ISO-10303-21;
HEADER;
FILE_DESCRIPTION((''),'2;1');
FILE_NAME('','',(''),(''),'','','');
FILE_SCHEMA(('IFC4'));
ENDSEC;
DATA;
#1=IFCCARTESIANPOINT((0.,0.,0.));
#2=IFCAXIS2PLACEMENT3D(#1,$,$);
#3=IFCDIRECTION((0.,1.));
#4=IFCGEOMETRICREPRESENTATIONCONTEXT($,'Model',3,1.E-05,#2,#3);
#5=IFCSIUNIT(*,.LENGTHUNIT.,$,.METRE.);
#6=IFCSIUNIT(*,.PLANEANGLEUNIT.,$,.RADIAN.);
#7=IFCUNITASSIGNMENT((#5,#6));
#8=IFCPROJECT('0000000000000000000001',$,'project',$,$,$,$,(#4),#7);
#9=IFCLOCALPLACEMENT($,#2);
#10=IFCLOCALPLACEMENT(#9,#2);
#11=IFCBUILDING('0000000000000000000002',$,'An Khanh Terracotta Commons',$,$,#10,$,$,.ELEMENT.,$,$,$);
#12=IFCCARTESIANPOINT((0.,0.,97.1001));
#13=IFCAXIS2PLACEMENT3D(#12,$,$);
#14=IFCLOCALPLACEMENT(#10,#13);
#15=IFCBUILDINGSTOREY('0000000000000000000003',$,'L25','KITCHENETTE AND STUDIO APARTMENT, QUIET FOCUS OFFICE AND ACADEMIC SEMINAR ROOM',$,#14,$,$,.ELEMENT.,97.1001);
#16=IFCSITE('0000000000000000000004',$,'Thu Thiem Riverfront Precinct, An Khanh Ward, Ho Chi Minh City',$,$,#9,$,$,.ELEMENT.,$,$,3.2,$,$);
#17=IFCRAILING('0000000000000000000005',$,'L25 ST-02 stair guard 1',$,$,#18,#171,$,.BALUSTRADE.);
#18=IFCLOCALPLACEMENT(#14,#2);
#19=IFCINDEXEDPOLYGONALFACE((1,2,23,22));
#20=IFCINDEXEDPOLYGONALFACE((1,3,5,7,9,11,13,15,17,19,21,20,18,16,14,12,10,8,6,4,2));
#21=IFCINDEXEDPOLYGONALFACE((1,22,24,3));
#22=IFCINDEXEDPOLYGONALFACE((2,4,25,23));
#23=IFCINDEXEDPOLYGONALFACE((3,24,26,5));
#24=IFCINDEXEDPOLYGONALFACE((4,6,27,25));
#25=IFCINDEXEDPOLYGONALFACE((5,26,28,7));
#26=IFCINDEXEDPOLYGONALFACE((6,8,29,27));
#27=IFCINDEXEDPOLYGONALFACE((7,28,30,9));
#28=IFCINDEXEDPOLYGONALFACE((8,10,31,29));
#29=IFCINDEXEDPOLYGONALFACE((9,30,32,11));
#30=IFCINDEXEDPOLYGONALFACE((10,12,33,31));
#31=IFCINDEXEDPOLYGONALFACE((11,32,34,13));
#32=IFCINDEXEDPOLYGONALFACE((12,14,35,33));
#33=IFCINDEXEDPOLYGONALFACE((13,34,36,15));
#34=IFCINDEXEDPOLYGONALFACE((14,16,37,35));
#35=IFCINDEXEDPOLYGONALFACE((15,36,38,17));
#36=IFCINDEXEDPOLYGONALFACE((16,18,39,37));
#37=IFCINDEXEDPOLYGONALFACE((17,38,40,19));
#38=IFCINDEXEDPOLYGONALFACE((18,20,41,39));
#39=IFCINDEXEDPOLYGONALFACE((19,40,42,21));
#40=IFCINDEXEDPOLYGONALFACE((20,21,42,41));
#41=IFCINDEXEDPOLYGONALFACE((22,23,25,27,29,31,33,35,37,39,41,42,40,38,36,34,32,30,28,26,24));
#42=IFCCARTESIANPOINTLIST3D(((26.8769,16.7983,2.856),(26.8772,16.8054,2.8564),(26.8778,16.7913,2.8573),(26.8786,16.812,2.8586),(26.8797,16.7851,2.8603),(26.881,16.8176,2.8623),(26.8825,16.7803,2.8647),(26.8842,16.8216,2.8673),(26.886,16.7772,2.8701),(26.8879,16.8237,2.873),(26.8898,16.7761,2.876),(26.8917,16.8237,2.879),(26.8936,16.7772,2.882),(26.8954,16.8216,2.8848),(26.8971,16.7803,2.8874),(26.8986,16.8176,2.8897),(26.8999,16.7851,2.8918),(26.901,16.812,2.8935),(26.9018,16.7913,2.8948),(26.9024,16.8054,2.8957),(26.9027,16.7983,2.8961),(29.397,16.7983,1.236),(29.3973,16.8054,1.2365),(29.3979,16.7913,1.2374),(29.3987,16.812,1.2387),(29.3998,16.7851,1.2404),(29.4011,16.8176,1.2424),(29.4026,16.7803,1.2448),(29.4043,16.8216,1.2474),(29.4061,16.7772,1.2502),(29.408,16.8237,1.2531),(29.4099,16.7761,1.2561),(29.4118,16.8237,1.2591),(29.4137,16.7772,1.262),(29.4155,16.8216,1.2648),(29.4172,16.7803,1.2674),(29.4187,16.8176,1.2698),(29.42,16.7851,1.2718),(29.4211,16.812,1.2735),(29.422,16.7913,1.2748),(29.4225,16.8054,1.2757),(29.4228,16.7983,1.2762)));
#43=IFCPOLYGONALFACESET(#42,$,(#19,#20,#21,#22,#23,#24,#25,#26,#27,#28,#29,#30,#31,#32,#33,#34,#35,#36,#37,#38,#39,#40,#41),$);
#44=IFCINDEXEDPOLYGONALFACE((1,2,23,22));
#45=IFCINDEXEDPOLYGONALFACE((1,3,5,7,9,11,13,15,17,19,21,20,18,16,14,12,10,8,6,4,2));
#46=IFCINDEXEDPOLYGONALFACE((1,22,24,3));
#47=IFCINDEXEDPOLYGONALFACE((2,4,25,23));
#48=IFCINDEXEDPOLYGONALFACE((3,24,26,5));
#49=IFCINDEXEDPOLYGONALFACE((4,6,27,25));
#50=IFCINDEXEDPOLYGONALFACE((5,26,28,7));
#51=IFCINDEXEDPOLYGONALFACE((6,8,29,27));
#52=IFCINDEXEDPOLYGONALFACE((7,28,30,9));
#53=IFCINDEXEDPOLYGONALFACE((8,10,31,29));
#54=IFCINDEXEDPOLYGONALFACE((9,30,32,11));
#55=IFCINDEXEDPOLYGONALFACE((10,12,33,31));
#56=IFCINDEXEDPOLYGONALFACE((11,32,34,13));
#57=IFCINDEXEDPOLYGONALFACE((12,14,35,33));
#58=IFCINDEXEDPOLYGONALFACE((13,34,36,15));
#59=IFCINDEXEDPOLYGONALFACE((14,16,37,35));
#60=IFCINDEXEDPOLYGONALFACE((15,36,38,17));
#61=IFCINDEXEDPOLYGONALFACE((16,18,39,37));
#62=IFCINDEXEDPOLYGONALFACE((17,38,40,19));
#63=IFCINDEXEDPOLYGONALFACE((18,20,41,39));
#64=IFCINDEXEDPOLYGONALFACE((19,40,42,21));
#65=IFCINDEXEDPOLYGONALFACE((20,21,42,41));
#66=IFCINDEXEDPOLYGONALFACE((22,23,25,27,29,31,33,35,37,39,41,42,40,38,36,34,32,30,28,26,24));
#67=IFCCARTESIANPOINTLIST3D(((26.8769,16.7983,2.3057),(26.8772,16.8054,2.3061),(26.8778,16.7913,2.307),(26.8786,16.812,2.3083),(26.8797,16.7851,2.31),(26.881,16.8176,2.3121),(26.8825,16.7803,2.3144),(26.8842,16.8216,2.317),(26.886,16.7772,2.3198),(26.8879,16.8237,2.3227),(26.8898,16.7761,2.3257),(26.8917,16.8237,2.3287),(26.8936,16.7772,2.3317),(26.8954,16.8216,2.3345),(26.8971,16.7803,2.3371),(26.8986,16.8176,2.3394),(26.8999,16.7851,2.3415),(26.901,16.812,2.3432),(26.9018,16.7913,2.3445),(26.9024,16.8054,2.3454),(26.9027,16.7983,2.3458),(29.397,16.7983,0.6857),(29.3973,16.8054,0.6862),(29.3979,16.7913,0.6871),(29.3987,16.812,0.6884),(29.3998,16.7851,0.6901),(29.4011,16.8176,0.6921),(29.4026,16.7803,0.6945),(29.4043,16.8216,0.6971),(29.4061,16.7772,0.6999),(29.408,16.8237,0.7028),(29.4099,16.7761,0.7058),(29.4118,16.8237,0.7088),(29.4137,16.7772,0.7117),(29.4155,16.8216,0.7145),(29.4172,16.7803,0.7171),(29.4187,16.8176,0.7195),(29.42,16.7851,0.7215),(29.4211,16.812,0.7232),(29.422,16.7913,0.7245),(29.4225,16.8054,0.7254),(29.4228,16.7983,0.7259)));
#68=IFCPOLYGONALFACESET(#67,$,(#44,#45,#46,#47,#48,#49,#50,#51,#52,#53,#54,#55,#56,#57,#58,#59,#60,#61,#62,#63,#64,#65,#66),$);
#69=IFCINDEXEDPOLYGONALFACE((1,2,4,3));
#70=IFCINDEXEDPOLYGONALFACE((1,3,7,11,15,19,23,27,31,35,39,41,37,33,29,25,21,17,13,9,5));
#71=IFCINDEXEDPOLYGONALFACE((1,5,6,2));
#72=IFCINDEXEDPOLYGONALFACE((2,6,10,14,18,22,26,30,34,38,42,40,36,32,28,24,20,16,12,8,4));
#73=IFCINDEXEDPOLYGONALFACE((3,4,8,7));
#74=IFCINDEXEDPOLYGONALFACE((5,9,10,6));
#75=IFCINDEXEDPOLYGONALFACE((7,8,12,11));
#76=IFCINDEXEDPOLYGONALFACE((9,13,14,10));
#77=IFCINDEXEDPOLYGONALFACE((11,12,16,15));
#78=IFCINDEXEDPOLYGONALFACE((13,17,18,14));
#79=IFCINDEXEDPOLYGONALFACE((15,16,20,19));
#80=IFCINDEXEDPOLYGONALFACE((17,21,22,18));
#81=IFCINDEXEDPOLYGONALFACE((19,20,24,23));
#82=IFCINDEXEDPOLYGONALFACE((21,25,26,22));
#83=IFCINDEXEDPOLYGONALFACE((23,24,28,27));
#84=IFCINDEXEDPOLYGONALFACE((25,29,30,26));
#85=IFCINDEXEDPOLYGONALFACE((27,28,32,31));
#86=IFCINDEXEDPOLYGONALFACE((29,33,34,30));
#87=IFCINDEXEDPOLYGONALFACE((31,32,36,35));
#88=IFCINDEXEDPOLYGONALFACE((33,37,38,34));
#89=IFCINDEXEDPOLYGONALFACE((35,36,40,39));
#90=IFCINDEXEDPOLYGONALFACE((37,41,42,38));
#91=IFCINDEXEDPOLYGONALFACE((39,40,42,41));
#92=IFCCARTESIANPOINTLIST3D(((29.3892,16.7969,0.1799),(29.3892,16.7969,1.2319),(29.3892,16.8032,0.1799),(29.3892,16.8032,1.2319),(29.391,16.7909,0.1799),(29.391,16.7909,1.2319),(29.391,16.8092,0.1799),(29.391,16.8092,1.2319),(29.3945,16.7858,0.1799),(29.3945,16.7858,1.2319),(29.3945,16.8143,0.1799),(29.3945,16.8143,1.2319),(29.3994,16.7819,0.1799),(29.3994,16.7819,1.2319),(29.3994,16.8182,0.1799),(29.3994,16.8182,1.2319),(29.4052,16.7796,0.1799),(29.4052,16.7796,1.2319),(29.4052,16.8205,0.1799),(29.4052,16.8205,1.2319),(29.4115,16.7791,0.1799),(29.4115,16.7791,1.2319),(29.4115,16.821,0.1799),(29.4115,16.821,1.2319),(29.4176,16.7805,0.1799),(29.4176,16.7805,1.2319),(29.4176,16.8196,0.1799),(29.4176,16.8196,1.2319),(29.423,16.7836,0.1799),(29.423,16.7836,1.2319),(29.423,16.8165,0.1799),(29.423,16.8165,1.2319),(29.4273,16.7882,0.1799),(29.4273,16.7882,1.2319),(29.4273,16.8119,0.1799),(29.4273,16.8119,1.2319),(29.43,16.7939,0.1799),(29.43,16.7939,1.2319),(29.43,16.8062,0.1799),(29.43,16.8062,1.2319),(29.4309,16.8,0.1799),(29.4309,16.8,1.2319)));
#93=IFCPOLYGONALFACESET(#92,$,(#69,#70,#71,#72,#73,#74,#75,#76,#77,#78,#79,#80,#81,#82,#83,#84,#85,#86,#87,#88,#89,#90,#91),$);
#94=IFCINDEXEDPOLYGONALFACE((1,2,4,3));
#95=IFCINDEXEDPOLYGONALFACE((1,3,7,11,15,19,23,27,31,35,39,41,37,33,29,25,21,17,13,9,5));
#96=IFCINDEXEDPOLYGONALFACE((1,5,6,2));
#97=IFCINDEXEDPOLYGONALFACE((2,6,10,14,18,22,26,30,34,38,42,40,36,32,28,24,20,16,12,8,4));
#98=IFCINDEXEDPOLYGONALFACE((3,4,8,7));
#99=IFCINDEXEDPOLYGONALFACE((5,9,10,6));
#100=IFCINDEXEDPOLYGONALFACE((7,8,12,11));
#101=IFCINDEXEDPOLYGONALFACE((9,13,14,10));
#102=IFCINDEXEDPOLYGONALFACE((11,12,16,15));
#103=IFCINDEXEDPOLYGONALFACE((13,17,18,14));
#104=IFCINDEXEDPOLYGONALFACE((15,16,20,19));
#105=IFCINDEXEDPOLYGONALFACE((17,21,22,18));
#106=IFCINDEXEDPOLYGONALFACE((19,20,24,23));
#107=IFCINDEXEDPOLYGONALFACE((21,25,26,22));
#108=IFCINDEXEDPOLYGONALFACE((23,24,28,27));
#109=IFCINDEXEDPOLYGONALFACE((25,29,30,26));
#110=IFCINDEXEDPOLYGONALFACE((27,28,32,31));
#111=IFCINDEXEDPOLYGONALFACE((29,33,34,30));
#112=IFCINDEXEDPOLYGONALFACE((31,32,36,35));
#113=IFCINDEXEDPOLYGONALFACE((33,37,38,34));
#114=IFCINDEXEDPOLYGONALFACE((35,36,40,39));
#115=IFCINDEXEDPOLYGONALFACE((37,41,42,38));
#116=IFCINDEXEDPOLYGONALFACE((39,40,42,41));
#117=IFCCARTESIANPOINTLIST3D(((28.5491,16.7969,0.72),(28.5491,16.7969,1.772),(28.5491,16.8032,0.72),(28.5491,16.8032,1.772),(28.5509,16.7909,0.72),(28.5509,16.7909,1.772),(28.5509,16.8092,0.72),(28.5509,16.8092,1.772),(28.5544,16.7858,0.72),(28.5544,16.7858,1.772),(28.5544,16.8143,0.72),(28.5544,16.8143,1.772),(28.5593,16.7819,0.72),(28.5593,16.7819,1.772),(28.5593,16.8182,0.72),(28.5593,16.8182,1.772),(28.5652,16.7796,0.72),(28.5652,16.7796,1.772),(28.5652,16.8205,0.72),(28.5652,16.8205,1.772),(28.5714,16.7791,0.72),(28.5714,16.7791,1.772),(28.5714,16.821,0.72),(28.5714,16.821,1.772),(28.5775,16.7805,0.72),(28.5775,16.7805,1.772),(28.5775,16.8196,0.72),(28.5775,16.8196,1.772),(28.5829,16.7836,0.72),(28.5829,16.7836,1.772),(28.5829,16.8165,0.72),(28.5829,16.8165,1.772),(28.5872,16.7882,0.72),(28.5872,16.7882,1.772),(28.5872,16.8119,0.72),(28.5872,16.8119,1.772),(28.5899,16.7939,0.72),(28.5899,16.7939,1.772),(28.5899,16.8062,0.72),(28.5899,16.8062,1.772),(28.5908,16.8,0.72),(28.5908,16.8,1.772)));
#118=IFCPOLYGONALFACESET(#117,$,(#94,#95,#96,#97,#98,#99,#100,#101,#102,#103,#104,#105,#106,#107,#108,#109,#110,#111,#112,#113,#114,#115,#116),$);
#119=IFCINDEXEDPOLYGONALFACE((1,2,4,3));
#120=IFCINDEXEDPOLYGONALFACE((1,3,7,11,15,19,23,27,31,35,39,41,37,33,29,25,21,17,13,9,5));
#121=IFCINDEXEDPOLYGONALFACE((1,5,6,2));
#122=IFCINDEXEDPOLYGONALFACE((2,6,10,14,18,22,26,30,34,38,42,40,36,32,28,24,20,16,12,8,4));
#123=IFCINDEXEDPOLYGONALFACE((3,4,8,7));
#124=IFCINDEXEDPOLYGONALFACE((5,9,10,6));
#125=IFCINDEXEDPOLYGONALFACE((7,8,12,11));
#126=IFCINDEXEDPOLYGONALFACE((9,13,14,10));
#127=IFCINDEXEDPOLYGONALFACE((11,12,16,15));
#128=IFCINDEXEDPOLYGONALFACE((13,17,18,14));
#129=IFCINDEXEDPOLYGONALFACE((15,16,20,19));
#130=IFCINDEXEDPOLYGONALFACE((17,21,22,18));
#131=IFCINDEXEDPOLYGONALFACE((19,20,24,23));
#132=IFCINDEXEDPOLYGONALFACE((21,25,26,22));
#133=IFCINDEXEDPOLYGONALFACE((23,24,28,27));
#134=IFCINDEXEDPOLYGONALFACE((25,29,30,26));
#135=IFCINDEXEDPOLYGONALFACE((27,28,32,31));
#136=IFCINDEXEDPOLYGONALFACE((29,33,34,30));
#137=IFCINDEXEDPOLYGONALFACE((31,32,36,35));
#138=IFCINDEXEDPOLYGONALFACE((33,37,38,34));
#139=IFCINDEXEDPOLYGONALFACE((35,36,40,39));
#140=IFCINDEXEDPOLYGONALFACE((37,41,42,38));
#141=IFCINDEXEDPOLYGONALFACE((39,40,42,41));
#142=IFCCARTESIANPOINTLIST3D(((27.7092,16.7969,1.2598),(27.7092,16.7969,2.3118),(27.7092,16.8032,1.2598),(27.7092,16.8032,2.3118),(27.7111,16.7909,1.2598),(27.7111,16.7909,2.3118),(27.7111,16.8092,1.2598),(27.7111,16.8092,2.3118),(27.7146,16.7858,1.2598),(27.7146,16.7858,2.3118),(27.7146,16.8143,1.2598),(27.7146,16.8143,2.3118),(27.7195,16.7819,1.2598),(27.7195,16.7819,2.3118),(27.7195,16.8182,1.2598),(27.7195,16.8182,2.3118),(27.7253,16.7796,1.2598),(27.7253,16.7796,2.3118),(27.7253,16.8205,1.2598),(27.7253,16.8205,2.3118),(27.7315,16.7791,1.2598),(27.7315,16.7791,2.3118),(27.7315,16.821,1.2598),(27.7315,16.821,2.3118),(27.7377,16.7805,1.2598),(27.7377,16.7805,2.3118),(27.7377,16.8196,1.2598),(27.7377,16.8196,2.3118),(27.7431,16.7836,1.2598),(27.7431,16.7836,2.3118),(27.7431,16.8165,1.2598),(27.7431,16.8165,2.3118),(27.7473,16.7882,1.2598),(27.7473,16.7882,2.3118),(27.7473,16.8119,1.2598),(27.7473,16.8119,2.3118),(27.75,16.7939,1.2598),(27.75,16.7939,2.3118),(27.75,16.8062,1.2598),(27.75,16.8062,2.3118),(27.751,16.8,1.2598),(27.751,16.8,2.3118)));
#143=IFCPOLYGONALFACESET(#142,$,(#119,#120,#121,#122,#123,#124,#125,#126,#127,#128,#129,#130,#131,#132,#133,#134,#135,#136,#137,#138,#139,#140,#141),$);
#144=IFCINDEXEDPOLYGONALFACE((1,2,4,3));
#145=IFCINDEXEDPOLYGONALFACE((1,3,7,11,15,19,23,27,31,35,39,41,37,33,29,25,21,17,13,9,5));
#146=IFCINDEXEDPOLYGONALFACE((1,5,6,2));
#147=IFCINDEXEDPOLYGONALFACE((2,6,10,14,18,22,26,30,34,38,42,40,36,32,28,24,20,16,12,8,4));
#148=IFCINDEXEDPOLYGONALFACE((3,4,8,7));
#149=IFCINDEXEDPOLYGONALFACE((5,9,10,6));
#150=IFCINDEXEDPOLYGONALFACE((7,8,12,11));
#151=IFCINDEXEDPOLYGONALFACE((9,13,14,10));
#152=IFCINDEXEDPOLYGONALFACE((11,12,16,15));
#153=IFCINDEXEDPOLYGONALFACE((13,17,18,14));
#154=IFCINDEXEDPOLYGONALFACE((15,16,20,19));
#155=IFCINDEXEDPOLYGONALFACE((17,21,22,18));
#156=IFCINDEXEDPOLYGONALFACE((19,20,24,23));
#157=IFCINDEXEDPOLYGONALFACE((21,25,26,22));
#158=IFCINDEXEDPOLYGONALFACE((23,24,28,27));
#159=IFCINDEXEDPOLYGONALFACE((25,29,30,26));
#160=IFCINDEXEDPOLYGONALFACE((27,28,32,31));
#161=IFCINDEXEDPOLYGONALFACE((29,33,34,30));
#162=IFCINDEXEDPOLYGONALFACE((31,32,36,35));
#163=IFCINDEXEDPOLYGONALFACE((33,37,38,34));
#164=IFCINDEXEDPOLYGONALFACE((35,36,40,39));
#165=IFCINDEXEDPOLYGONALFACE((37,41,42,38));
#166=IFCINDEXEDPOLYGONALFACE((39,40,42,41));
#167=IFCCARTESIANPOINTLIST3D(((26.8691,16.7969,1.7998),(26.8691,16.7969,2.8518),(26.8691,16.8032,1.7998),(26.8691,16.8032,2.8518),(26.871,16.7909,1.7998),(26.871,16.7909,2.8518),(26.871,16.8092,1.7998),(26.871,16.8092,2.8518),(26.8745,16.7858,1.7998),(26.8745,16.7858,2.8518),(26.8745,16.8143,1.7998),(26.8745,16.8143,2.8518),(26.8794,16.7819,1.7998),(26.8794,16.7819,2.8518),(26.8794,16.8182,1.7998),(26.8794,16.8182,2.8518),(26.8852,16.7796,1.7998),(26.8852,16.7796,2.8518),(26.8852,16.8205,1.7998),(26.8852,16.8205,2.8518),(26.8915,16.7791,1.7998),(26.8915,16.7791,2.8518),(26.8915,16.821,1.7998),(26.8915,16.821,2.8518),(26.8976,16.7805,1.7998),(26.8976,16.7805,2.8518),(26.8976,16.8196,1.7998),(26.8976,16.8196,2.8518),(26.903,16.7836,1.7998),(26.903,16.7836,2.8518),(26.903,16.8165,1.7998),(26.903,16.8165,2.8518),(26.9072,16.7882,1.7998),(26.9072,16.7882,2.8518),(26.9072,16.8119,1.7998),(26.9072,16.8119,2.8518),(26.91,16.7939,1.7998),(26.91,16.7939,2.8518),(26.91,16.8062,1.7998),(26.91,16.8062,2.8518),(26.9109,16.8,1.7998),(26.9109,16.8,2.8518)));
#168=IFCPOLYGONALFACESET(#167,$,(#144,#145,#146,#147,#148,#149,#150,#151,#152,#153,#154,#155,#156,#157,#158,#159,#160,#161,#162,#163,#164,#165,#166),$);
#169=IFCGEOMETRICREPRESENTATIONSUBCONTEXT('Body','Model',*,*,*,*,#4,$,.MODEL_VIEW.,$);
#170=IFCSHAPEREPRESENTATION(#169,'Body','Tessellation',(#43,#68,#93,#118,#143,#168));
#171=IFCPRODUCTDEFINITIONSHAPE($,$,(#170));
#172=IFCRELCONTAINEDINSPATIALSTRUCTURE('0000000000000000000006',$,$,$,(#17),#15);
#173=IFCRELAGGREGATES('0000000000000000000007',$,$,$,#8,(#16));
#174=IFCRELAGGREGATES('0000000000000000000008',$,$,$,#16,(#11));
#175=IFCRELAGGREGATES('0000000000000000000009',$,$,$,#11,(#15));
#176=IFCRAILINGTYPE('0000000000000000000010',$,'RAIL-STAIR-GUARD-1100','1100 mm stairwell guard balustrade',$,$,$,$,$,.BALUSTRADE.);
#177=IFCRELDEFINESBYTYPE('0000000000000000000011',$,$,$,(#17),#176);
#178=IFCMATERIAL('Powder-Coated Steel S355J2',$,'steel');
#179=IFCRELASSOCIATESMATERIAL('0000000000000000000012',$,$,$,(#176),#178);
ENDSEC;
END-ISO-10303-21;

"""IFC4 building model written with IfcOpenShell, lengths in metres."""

from ifc_helpers import new_model, si_unit, direction, frame, origin, origin_2d, place, context, subcontext, project, spatial, circle, extrude, material, type_object, element, save


model = new_model("IFC4")

# Units and contexts
model_context = context("Model", 3, precision=1e-05, world=origin(), true_north=direction((0.0, 1.0)))
body_context = subcontext(model_context, "Body", "Model", "MODEL_VIEW")
ifc_project = project(units=[si_unit("LENGTHUNIT", "METRE"), si_unit("PLANEANGLEUNIT", "RADIAN")], contexts=[model_context])

# Site, building, storey
site_placement = place(None, origin())
site = spatial("IfcSite", under=ifc_project, at=site_placement, Name="Thu Thiem Riverfront Precinct, An Khanh Ward, Ho Chi Minh City", CompositionType="ELEMENT", RefElevation=3.2)
building_placement = place(site_placement, origin())
building = spatial("IfcBuilding", under=site, at=building_placement, Name="An Khanh Terracotta Commons", CompositionType="ELEMENT")
storey_placement = place(building_placement, frame((0.0, 0.0, 97.1001)))
storey = spatial("IfcBuildingStorey", under=building, at=storey_placement, Name="L25", Description="KITCHENETTE AND STUDIO APARTMENT, QUIET FOCUS OFFICE AND ACADEMIC SEMINAR ROOM", CompositionType="ELEMENT", Elevation=97.1001)

# Railing
ifc_material_1 = material(Name="Powder-Coated Steel S355J2", Category="steel")
railing_type_1 = type_object("IfcRailingType", Name="RAIL-STAIR-GUARD-1100", Description="1100 mm stairwell guard balustrade", PredefinedType="BALUSTRADE", material=ifc_material_1)
railing_1_placement = place(storey_placement, frame((29.4099, 16.8, 0.1799)))
element("IfcRailing", 1, at=railing_1_placement, inside=storey, type_object=railing_type_1, Name="L25 ST-02 stair guard 1", PredefinedType="BALUSTRADE", context=body_context, shape_type="SweptSolid", body=[
    extrude(circle(Radius=0.0239, at=origin_2d()), frame((0.0, 0.0, 1.0762), z_axis=(-0.8412, 0.0, 0.540725), x_axis=(0.0, -1.0, 0.0)), (0.0, 0.0, 1.0), 2.9958),
    extrude(circle(Radius=0.0239, at=origin_2d()), frame((0.0, 0.0, 0.5259), z_axis=(-0.8412, 0.0, 0.540725), x_axis=(0.0, -1.0, 0.0)), (0.0, 0.0, 1.0), 2.9958),
    extrude(circle(Radius=0.021, at=origin_2d()), origin(), (0.0, 0.0, 1.0), 1.052),
    extrude(circle(Radius=0.021, at=origin_2d()), frame((-0.8401, 0.0, 0.54)), (0.0, 0.0, 1.0), 1.052),
    extrude(circle(Radius=0.021, at=origin_2d()), frame((-1.6799, 0.0, 1.0798)), (0.0, 0.0, 1.0), 1.052),
    extrude(circle(Radius=0.021, at=origin_2d()), frame((-2.52, 0.0, 1.6199)), (0.0, 0.0, 1.0), 1.052),
])

save(model, "model.ifc")
